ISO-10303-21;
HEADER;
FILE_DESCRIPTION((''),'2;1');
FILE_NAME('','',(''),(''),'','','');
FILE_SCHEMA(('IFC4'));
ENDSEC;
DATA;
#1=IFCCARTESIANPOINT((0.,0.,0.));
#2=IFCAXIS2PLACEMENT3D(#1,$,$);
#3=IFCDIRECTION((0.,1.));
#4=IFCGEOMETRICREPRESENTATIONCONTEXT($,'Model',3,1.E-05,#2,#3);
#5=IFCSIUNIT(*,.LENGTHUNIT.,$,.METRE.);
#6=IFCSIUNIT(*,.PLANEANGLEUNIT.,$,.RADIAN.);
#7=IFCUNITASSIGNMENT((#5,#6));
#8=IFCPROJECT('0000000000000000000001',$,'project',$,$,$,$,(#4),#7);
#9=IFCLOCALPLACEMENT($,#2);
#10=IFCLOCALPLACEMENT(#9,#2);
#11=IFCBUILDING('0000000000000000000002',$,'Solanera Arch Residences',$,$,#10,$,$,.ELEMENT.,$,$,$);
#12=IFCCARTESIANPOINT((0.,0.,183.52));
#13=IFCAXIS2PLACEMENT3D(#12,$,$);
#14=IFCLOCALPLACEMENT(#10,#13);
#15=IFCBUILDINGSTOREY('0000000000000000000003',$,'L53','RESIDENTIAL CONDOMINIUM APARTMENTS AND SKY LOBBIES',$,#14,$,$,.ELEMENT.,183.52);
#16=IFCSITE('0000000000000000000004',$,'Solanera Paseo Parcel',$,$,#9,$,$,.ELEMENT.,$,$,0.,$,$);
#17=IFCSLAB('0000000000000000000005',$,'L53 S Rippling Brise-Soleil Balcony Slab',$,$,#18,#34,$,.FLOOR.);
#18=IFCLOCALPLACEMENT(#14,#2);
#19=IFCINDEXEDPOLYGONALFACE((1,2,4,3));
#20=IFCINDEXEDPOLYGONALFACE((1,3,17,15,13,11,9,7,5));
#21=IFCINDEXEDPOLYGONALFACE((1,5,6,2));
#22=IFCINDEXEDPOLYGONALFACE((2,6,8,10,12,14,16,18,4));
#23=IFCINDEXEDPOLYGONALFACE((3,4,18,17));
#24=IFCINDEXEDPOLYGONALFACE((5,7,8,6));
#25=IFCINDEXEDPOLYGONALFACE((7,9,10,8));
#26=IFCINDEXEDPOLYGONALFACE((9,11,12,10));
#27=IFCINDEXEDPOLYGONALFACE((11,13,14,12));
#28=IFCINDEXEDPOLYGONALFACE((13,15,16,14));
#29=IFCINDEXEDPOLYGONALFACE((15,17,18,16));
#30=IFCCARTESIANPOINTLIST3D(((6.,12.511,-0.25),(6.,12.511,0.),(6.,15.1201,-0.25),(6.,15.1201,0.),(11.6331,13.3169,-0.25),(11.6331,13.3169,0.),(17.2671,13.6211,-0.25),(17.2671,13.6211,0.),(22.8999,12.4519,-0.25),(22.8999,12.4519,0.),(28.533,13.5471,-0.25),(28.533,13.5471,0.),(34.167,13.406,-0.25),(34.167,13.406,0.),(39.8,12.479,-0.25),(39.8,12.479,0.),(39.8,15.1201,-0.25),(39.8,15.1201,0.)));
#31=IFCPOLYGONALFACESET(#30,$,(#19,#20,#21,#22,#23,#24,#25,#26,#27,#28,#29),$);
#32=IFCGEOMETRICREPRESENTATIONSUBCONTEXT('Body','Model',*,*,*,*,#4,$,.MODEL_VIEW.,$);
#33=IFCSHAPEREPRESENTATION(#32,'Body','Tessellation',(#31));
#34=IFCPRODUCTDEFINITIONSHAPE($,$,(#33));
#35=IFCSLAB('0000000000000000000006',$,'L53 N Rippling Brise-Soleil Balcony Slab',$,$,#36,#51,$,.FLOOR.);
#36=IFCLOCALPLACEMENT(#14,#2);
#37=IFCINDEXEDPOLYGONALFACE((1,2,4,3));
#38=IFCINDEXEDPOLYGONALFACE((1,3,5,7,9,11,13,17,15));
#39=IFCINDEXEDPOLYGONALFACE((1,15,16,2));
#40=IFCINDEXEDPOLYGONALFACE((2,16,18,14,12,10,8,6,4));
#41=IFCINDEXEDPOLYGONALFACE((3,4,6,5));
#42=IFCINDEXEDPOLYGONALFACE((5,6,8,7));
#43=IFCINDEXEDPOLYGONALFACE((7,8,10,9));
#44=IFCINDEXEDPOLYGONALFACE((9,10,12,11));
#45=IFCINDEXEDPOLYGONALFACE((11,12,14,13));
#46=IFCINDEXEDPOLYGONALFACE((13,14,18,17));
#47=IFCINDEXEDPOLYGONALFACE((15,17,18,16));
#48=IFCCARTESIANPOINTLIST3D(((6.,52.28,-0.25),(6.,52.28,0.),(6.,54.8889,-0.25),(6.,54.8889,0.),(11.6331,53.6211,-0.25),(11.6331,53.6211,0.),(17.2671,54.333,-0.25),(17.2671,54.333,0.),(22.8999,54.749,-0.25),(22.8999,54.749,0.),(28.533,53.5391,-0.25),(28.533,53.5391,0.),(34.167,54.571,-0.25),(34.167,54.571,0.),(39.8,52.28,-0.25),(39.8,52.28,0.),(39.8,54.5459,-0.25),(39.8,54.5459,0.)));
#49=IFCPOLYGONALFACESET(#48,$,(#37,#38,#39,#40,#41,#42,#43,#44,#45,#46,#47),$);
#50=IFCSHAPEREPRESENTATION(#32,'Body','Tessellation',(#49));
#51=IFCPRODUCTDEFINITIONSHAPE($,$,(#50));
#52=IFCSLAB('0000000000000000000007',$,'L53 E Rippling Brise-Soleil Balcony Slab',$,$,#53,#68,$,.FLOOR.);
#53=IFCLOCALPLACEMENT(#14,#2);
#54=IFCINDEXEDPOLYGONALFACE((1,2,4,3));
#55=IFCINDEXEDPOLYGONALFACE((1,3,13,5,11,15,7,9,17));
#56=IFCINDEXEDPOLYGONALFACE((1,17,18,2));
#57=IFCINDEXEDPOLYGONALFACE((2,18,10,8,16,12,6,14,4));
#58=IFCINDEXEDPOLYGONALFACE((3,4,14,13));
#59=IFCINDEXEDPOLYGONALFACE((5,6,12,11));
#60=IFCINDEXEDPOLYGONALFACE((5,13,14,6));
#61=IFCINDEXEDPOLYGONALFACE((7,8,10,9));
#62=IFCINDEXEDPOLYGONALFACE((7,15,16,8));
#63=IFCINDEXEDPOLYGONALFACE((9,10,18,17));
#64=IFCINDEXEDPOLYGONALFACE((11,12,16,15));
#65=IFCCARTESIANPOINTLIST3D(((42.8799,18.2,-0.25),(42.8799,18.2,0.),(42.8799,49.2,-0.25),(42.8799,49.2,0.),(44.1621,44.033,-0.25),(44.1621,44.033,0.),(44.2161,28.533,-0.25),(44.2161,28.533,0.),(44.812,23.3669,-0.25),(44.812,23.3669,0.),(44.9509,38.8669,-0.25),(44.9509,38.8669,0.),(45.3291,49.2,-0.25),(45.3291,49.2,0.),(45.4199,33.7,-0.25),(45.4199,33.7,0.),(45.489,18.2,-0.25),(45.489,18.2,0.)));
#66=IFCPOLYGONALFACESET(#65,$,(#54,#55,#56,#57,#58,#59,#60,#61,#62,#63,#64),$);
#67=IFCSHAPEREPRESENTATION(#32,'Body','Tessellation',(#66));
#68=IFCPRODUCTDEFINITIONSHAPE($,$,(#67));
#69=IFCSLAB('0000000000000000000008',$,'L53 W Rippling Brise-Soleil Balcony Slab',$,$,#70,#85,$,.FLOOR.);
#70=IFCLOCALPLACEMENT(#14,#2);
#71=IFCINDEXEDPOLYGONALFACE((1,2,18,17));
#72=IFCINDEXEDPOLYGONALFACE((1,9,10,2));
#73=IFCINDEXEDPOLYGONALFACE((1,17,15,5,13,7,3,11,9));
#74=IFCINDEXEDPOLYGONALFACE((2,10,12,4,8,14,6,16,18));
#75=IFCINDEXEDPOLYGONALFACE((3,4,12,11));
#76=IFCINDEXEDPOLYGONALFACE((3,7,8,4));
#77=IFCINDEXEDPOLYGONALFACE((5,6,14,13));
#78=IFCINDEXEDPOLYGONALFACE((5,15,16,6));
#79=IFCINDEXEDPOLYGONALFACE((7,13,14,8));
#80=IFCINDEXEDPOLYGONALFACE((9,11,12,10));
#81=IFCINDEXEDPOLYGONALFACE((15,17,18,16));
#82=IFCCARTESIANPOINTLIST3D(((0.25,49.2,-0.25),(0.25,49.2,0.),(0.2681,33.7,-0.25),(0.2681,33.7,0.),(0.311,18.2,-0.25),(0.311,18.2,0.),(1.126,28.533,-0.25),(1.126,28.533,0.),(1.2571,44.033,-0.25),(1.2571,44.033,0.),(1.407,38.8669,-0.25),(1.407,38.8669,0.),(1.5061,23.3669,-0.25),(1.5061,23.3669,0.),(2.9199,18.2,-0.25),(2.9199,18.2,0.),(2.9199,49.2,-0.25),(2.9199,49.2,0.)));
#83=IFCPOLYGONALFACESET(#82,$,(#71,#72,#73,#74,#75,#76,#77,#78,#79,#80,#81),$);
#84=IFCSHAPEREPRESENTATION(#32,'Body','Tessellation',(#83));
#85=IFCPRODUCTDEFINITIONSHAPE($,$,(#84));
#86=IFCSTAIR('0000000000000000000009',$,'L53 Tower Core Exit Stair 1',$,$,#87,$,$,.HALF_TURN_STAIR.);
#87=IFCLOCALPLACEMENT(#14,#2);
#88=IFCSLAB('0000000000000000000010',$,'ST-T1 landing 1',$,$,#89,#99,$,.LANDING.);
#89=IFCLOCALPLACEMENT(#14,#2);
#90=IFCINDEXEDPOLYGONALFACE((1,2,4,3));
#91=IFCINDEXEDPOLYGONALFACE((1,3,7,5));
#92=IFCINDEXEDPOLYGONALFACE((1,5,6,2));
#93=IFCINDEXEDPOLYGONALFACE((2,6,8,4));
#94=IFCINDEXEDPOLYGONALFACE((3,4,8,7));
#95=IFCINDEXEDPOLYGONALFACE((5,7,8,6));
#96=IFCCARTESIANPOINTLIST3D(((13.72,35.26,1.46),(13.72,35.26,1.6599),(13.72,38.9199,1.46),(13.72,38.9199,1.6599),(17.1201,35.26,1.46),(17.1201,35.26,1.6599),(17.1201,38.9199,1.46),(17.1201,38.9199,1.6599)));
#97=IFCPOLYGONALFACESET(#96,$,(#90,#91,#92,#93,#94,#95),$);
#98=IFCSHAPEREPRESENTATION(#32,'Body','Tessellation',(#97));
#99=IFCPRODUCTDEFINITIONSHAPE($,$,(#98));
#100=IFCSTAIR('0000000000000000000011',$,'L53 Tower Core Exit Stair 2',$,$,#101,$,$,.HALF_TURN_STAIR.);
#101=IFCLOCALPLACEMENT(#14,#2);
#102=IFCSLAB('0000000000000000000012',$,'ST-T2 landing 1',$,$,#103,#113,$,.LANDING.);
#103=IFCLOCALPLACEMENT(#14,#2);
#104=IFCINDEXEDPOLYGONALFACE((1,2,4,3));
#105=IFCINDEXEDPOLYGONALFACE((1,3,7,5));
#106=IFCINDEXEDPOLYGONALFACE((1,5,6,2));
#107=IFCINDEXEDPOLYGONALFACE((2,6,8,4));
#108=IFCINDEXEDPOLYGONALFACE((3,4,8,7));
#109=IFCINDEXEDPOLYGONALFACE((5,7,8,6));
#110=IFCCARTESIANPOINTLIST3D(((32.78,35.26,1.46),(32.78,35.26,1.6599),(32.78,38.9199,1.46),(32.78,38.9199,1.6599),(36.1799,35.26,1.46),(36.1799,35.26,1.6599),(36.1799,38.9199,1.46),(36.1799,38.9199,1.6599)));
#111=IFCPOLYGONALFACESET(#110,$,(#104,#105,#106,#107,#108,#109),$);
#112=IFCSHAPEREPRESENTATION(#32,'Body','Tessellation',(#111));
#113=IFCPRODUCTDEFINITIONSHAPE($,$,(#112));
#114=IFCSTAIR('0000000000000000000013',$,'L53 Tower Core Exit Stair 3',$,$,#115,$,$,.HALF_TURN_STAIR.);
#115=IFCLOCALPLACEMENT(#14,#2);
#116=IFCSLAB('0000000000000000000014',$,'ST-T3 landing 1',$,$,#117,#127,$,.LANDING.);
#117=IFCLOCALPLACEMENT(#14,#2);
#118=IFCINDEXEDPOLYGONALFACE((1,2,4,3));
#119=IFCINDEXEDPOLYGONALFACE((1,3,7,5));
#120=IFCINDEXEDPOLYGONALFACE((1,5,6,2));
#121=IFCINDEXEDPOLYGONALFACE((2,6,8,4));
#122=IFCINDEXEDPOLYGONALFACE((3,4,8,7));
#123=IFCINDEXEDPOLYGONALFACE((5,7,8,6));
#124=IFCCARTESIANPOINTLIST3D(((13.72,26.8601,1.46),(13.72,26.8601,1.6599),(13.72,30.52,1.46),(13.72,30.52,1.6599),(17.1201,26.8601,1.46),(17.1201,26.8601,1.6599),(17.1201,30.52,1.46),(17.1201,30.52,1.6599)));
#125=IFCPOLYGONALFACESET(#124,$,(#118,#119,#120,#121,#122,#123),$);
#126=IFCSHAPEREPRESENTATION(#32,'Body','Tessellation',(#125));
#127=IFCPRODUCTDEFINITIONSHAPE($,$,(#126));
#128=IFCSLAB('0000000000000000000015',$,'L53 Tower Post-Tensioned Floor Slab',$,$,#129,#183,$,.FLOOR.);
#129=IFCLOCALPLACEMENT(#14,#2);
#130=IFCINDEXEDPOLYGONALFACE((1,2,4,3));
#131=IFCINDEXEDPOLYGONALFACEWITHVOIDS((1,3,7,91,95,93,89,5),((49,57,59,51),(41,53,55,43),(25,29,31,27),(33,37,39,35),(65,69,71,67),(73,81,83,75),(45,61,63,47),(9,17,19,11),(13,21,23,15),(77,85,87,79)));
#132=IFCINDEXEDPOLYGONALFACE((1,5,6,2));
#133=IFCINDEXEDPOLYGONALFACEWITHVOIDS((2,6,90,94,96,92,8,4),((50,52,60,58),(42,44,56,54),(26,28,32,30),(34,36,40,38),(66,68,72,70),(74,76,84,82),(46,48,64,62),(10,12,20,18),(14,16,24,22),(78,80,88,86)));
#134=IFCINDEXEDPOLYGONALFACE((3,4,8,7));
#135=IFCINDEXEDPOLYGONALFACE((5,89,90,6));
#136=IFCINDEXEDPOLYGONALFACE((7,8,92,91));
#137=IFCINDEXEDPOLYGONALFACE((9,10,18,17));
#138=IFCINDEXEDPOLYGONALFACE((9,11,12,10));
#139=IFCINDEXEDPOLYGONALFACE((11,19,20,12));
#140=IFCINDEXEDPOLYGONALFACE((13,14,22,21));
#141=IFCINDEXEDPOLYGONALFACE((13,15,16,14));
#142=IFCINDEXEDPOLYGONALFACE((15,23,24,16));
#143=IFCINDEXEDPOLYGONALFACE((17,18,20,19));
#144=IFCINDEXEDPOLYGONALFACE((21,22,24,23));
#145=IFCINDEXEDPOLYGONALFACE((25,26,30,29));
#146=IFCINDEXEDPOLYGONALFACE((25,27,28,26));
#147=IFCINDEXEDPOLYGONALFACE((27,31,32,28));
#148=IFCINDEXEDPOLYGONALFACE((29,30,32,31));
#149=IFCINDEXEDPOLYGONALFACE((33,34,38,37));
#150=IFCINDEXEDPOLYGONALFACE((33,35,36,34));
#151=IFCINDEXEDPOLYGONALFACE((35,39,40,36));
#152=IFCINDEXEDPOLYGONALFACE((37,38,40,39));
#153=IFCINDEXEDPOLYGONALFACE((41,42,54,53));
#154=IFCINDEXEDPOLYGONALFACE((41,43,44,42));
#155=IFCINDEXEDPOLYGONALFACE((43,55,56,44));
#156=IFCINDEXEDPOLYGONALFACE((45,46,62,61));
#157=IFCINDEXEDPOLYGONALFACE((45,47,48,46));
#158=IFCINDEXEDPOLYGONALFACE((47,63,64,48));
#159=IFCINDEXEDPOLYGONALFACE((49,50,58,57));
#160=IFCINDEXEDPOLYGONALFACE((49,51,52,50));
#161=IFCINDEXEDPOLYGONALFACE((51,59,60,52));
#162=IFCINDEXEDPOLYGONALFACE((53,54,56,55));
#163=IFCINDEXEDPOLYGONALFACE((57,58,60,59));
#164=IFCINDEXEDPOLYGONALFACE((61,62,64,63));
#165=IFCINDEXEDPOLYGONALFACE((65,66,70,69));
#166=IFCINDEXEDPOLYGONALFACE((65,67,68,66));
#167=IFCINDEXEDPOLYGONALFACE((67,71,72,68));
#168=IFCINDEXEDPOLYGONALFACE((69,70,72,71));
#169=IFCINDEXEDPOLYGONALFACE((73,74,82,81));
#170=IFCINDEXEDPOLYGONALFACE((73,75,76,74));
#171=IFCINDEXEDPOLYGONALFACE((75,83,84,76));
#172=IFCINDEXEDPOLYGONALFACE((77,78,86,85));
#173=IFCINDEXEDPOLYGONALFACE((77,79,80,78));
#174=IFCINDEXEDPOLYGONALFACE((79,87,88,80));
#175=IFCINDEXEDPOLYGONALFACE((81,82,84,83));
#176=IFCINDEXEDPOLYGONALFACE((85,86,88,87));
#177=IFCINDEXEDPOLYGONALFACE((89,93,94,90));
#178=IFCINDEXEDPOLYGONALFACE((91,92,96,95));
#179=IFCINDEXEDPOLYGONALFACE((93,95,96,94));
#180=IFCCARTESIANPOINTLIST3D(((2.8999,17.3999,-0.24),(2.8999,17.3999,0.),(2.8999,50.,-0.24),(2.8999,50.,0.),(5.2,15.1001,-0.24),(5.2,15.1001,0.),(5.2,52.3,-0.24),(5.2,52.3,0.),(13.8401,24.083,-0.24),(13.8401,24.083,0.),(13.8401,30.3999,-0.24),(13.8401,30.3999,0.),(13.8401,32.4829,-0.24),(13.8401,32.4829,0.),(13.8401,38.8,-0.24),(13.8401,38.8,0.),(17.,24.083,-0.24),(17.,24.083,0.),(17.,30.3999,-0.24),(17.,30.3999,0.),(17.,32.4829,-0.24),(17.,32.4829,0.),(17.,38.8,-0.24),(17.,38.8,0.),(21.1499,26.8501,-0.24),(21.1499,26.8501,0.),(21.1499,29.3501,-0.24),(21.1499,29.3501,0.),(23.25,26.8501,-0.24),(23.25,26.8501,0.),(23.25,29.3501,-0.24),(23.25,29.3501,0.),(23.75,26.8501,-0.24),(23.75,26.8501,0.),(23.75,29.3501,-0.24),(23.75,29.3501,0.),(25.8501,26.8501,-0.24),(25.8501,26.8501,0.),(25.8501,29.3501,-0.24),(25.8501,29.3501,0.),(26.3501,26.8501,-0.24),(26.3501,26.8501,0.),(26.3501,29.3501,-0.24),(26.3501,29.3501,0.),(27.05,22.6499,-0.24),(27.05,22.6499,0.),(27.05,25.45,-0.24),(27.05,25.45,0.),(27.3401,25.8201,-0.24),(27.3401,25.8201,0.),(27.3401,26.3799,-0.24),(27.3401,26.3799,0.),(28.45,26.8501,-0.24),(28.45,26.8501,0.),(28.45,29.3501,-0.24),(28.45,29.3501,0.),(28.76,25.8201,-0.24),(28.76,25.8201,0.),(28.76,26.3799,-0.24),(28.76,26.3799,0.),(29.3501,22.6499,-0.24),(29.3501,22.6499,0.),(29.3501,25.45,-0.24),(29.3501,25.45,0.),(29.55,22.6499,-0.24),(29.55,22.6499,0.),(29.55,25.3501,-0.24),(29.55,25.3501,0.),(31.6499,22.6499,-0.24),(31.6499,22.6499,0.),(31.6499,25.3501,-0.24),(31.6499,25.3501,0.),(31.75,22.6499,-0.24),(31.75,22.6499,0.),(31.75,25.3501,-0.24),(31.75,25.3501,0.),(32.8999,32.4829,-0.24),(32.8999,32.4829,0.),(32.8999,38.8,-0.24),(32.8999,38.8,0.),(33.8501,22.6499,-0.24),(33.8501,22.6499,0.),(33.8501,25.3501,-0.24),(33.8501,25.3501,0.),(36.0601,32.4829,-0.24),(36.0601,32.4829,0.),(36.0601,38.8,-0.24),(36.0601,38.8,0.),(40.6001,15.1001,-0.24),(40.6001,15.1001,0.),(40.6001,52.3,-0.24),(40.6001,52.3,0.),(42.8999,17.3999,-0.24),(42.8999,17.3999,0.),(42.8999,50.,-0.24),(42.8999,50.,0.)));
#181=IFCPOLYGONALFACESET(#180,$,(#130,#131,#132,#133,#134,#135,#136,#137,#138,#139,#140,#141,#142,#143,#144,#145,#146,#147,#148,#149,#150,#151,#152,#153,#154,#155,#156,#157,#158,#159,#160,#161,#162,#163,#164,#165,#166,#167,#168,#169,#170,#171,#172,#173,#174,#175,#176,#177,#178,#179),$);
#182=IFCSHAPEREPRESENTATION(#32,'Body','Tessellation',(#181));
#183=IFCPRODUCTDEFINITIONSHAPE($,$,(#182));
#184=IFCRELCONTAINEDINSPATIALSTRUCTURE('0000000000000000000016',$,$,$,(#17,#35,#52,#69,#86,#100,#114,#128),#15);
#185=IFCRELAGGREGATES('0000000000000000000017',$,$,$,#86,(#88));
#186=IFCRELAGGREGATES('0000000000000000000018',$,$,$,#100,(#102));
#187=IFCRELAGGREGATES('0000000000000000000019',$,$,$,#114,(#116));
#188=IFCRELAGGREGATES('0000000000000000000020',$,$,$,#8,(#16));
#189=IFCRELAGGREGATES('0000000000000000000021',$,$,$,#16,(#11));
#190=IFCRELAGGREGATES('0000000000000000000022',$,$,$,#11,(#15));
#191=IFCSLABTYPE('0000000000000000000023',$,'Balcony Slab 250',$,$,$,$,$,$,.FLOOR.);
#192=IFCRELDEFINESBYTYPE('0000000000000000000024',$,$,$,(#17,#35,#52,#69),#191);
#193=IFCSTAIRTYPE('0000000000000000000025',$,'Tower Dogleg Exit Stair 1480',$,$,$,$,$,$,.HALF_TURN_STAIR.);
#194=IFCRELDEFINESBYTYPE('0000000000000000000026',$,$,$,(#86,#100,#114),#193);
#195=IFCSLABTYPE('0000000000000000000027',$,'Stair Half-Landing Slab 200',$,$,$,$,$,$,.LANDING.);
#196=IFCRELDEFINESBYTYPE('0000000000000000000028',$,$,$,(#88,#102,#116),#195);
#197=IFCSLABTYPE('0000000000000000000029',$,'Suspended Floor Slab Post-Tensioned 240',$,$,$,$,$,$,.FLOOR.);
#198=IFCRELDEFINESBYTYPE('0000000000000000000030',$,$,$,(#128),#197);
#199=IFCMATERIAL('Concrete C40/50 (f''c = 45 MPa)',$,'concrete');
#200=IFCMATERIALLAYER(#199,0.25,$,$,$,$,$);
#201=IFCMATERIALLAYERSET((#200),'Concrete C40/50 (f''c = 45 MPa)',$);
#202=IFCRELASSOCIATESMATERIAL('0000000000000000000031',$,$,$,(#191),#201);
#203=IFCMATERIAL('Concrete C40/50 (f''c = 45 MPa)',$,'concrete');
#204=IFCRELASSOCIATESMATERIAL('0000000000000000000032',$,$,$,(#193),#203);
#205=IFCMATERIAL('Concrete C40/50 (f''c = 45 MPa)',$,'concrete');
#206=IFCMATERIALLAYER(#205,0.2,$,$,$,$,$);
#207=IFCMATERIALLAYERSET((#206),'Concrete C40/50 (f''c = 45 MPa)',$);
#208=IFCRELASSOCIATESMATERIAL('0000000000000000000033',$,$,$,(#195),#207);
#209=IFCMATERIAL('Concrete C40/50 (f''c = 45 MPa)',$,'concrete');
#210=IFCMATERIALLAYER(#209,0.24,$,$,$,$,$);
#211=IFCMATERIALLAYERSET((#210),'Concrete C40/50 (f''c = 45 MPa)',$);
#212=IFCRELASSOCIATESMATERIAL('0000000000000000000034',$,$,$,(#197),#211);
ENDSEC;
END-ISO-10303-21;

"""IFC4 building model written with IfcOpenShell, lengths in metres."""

from ifc_helpers import new_model, si_unit, direction, frame, origin, place, context, subcontext, project, spatial, polyline, outline, extrude, material, layer, layer_set, type_object, element, aggregate, save


model = new_model("IFC4")

# Units and contexts
model_context = context("Model", 3, precision=1e-05, world=origin(), true_north=direction((0.0, 1.0)))
body_context = subcontext(model_context, "Body", "Model", "MODEL_VIEW")
ifc_project = project(units=[si_unit("LENGTHUNIT", "METRE"), si_unit("PLANEANGLEUNIT", "RADIAN")], contexts=[model_context])

# Site, building, storey
site_placement = place(None, origin())
site = spatial("IfcSite", under=ifc_project, at=site_placement, Name="Solanera Paseo Parcel", CompositionType="ELEMENT", RefElevation=0.0)
building_placement = place(site_placement, origin())
building = spatial("IfcBuilding", under=site, at=building_placement, Name="Solanera Arch Residences", CompositionType="ELEMENT")
storey_placement = place(building_placement, frame((0.0, 0.0, 183.52)))
storey = spatial("IfcBuildingStorey", under=building, at=storey_placement, Name="L53", Description="RESIDENTIAL CONDOMINIUM APARTMENTS AND SKY LOBBIES", CompositionType="ELEMENT", Elevation=183.52)

# Slabs
ifc_material_1 = material(Name="Concrete C40/50 (f'c = 45 MPa)", Category="concrete")
ifc_layer_1 = layer(ifc_material_1, 0.25)
ifc_layer_set_1 = layer_set([ifc_layer_1], Name="Concrete C40/50 (f'c = 45 MPa)")
slab_type_1 = type_object("IfcSlabType", Name="Balcony Slab 250", PredefinedType="FLOOR", material=ifc_layer_set_1)
slab_1_placement = place(storey_placement, frame((0.0, 0.0, -0.25)))
element("IfcSlab", 1, at=slab_1_placement, inside=storey, type_object=slab_type_1, Name="L53 S Rippling Brise-Soleil Balcony Slab", PredefinedType="FLOOR", context=body_context, shape_type="SweptSolid", body=[
    extrude(outline(polyline([(6.0, 12.511), (11.6331, 13.3169), (17.2671, 13.6211), (22.8999, 12.4519), (28.533, 13.5471), (34.167, 13.406), (39.8, 12.479), (39.8, 15.1201), (6.0, 15.1201), (6.0, 12.511)])), origin(), (0.0, 0.0, 1.0), 0.25),
])
slab_2_placement = place(storey_placement, frame((0.0, 0.0, -0.25)))
element("IfcSlab", 2, at=slab_2_placement, inside=storey, type_object=slab_type_1, Name="L53 N Rippling Brise-Soleil Balcony Slab", PredefinedType="FLOOR", context=body_context, shape_type="SweptSolid", body=[
    extrude(outline(polyline([(39.8, 54.5459), (34.167, 54.571), (28.533, 53.5391), (22.8999, 54.749), (17.2671, 54.333), (11.6331, 53.6211), (6.0, 54.8889), (6.0, 52.28), (39.8, 52.28), (39.8, 54.5459)])), origin(), (0.0, 0.0, 1.0), 0.25),
])
slab_3_placement = place(storey_placement, frame((0.0, 0.0, -0.25)))
element("IfcSlab", 3, at=slab_3_placement, inside=storey, type_object=slab_type_1, Name="L53 E Rippling Brise-Soleil Balcony Slab", PredefinedType="FLOOR", context=body_context, shape_type="SweptSolid", body=[
    extrude(outline(polyline([(45.489, 18.2), (44.812, 23.3669), (44.2161, 28.533), (45.4199, 33.7), (44.9509, 38.8669), (44.1621, 44.033), (45.3291, 49.2), (42.8799, 49.2), (42.8799, 18.2), (45.489, 18.2)])), origin(), (0.0, 0.0, 1.0), 0.25),
])
slab_4_placement = place(storey_placement, frame((0.0, 0.0, -0.25)))
element("IfcSlab", 4, at=slab_4_placement, inside=storey, type_object=slab_type_1, Name="L53 W Rippling Brise-Soleil Balcony Slab", PredefinedType="FLOOR", context=body_context, shape_type="SweptSolid", body=[
    extrude(outline(polyline([(0.25, 49.2), (1.2571, 44.033), (1.407, 38.8669), (0.2681, 33.7), (1.126, 28.533), (1.5061, 23.3669), (0.311, 18.2), (2.9199, 18.2), (2.9199, 49.2), (0.25, 49.2)])), origin(), (0.0, 0.0, 1.0), 0.25),
])

# Stairs, slabs
ifc_material_2 = material(Name="Concrete C40/50 (f'c = 45 MPa)", Category="concrete")
stair_type = type_object("IfcStairType", Name="Tower Dogleg Exit Stair 1480", PredefinedType="HALF_TURN_STAIR", material=ifc_material_2)
stair_1_placement = place(storey_placement, origin())
stair_1 = element("IfcStair", 5, at=stair_1_placement, inside=storey, type_object=stair_type, Name="L53 Tower Core Exit Stair 1", PredefinedType="HALF_TURN_STAIR")
ifc_material_3 = material(Name="Concrete C40/50 (f'c = 45 MPa)", Category="concrete")
ifc_layer_2 = layer(ifc_material_3, 0.2)
ifc_layer_set_2 = layer_set([ifc_layer_2], Name="Concrete C40/50 (f'c = 45 MPa)")
slab_type_2 = type_object("IfcSlabType", Name="Stair Half-Landing Slab 200", PredefinedType="LANDING", material=ifc_layer_set_2)
slab_5_placement = place(storey_placement, frame((0.0, 0.0, 1.46)))
slab_5 = element("IfcSlab", 6, at=slab_5_placement, type_object=slab_type_2, Name="ST-T1 landing 1", PredefinedType="LANDING", context=body_context, shape_type="SweptSolid", body=[
    extrude(outline(polyline([(17.1201, 35.26), (17.1201, 38.9199), (13.72, 38.9199), (13.72, 35.26), (17.1201, 35.26)])), origin(), (0.0, 0.0, 1.0), 0.2),
])
aggregate(stair_1, [slab_5])
stair_2_placement = place(storey_placement, origin())
stair_2 = element("IfcStair", 7, at=stair_2_placement, inside=storey, type_object=stair_type, Name="L53 Tower Core Exit Stair 2", PredefinedType="HALF_TURN_STAIR")
slab_6_placement = place(storey_placement, frame((0.0, 0.0, 1.46)))
slab_6 = element("IfcSlab", 8, at=slab_6_placement, type_object=slab_type_2, Name="ST-T2 landing 1", PredefinedType="LANDING", context=body_context, shape_type="SweptSolid", body=[
    extrude(outline(polyline([(36.1799, 35.26), (36.1799, 38.9199), (32.78, 38.9199), (32.78, 35.26), (36.1799, 35.26)])), origin(), (0.0, 0.0, 1.0), 0.2),
])
aggregate(stair_2, [slab_6])
stair_3_placement = place(storey_placement, origin())
stair_3 = element("IfcStair", 9, at=stair_3_placement, inside=storey, type_object=stair_type, Name="L53 Tower Core Exit Stair 3", PredefinedType="HALF_TURN_STAIR")
slab_7_placement = place(storey_placement, frame((0.0, 0.0, 1.46)))
slab_7 = element("IfcSlab", 10, at=slab_7_placement, type_object=slab_type_2, Name="ST-T3 landing 1", PredefinedType="LANDING", context=body_context, shape_type="SweptSolid", body=[
    extrude(outline(polyline([(17.1201, 26.8601), (17.1201, 30.52), (13.72, 30.52), (13.72, 26.8601), (17.1201, 26.8601)])), origin(), (0.0, 0.0, 1.0), 0.2),
])
aggregate(stair_3, [slab_7])

# Slab
ifc_material_4 = material(Name="Concrete C40/50 (f'c = 45 MPa)", Category="concrete")
ifc_layer_3 = layer(ifc_material_4, 0.24)
ifc_layer_set_3 = layer_set([ifc_layer_3], Name="Concrete C40/50 (f'c = 45 MPa)")
slab_type_3 = type_object("IfcSlabType", Name="Suspended Floor Slab Post-Tensioned 240", PredefinedType="FLOOR", material=ifc_layer_set_3)
slab_8_placement = place(storey_placement, frame((0.0, 0.0, -0.24)))
element("IfcSlab", 11, at=slab_8_placement, inside=storey, type_object=slab_type_3, Name="L53 Tower Post-Tensioned Floor Slab", PredefinedType="FLOOR", context=body_context, shape_type="SweptSolid", body=[
    extrude(outline(polyline([(5.2, 15.1001), (40.6001, 15.1001), (42.8999, 17.3999), (42.8999, 50.0), (40.6001, 52.3), (5.2, 52.3), (2.8999, 50.0), (2.8999, 17.3999), (5.2, 15.1001)]), holes=[polyline([(13.8401, 32.4829), (13.8401, 38.8), (17.0, 38.8), (17.0, 32.4829), (13.8401, 32.4829)]), polyline([(32.8999, 32.4829), (32.8999, 38.8), (36.0601, 38.8), (36.0601, 32.4829), (32.8999, 32.4829)]), polyline([(13.8401, 24.083), (13.8401, 30.3999), (17.0, 30.3999), (17.0, 24.083), (13.8401, 24.083)]), polyline([(21.1499, 29.3501), (23.25, 29.3501), (23.25, 26.8501), (21.1499, 26.8501), (21.1499, 29.3501)]), polyline([(23.75, 29.3501), (25.8501, 29.3501), (25.8501, 26.8501), (23.75, 26.8501), (23.75, 29.3501)]), polyline([(26.3501, 29.3501), (28.45, 29.3501), (28.45, 26.8501), (26.3501, 26.8501), (26.3501, 29.3501)]), polyline([(29.55, 25.3501), (31.6499, 25.3501), (31.6499, 22.6499), (29.55, 22.6499), (29.55, 25.3501)]), polyline([(31.75, 25.3501), (33.8501, 25.3501), (33.8501, 22.6499), (31.75, 22.6499), (31.75, 25.3501)]), polyline([(27.05, 25.45), (29.3501, 25.45), (29.3501, 22.6499), (27.05, 22.6499), (27.05, 25.45)]), polyline([(27.3401, 26.3799), (28.76, 26.3799), (28.76, 25.8201), (27.3401, 25.8201), (27.3401, 26.3799)])]), origin(), (0.0, 0.0, 1.0), 0.24),
])

save(model, "model.ifc")
